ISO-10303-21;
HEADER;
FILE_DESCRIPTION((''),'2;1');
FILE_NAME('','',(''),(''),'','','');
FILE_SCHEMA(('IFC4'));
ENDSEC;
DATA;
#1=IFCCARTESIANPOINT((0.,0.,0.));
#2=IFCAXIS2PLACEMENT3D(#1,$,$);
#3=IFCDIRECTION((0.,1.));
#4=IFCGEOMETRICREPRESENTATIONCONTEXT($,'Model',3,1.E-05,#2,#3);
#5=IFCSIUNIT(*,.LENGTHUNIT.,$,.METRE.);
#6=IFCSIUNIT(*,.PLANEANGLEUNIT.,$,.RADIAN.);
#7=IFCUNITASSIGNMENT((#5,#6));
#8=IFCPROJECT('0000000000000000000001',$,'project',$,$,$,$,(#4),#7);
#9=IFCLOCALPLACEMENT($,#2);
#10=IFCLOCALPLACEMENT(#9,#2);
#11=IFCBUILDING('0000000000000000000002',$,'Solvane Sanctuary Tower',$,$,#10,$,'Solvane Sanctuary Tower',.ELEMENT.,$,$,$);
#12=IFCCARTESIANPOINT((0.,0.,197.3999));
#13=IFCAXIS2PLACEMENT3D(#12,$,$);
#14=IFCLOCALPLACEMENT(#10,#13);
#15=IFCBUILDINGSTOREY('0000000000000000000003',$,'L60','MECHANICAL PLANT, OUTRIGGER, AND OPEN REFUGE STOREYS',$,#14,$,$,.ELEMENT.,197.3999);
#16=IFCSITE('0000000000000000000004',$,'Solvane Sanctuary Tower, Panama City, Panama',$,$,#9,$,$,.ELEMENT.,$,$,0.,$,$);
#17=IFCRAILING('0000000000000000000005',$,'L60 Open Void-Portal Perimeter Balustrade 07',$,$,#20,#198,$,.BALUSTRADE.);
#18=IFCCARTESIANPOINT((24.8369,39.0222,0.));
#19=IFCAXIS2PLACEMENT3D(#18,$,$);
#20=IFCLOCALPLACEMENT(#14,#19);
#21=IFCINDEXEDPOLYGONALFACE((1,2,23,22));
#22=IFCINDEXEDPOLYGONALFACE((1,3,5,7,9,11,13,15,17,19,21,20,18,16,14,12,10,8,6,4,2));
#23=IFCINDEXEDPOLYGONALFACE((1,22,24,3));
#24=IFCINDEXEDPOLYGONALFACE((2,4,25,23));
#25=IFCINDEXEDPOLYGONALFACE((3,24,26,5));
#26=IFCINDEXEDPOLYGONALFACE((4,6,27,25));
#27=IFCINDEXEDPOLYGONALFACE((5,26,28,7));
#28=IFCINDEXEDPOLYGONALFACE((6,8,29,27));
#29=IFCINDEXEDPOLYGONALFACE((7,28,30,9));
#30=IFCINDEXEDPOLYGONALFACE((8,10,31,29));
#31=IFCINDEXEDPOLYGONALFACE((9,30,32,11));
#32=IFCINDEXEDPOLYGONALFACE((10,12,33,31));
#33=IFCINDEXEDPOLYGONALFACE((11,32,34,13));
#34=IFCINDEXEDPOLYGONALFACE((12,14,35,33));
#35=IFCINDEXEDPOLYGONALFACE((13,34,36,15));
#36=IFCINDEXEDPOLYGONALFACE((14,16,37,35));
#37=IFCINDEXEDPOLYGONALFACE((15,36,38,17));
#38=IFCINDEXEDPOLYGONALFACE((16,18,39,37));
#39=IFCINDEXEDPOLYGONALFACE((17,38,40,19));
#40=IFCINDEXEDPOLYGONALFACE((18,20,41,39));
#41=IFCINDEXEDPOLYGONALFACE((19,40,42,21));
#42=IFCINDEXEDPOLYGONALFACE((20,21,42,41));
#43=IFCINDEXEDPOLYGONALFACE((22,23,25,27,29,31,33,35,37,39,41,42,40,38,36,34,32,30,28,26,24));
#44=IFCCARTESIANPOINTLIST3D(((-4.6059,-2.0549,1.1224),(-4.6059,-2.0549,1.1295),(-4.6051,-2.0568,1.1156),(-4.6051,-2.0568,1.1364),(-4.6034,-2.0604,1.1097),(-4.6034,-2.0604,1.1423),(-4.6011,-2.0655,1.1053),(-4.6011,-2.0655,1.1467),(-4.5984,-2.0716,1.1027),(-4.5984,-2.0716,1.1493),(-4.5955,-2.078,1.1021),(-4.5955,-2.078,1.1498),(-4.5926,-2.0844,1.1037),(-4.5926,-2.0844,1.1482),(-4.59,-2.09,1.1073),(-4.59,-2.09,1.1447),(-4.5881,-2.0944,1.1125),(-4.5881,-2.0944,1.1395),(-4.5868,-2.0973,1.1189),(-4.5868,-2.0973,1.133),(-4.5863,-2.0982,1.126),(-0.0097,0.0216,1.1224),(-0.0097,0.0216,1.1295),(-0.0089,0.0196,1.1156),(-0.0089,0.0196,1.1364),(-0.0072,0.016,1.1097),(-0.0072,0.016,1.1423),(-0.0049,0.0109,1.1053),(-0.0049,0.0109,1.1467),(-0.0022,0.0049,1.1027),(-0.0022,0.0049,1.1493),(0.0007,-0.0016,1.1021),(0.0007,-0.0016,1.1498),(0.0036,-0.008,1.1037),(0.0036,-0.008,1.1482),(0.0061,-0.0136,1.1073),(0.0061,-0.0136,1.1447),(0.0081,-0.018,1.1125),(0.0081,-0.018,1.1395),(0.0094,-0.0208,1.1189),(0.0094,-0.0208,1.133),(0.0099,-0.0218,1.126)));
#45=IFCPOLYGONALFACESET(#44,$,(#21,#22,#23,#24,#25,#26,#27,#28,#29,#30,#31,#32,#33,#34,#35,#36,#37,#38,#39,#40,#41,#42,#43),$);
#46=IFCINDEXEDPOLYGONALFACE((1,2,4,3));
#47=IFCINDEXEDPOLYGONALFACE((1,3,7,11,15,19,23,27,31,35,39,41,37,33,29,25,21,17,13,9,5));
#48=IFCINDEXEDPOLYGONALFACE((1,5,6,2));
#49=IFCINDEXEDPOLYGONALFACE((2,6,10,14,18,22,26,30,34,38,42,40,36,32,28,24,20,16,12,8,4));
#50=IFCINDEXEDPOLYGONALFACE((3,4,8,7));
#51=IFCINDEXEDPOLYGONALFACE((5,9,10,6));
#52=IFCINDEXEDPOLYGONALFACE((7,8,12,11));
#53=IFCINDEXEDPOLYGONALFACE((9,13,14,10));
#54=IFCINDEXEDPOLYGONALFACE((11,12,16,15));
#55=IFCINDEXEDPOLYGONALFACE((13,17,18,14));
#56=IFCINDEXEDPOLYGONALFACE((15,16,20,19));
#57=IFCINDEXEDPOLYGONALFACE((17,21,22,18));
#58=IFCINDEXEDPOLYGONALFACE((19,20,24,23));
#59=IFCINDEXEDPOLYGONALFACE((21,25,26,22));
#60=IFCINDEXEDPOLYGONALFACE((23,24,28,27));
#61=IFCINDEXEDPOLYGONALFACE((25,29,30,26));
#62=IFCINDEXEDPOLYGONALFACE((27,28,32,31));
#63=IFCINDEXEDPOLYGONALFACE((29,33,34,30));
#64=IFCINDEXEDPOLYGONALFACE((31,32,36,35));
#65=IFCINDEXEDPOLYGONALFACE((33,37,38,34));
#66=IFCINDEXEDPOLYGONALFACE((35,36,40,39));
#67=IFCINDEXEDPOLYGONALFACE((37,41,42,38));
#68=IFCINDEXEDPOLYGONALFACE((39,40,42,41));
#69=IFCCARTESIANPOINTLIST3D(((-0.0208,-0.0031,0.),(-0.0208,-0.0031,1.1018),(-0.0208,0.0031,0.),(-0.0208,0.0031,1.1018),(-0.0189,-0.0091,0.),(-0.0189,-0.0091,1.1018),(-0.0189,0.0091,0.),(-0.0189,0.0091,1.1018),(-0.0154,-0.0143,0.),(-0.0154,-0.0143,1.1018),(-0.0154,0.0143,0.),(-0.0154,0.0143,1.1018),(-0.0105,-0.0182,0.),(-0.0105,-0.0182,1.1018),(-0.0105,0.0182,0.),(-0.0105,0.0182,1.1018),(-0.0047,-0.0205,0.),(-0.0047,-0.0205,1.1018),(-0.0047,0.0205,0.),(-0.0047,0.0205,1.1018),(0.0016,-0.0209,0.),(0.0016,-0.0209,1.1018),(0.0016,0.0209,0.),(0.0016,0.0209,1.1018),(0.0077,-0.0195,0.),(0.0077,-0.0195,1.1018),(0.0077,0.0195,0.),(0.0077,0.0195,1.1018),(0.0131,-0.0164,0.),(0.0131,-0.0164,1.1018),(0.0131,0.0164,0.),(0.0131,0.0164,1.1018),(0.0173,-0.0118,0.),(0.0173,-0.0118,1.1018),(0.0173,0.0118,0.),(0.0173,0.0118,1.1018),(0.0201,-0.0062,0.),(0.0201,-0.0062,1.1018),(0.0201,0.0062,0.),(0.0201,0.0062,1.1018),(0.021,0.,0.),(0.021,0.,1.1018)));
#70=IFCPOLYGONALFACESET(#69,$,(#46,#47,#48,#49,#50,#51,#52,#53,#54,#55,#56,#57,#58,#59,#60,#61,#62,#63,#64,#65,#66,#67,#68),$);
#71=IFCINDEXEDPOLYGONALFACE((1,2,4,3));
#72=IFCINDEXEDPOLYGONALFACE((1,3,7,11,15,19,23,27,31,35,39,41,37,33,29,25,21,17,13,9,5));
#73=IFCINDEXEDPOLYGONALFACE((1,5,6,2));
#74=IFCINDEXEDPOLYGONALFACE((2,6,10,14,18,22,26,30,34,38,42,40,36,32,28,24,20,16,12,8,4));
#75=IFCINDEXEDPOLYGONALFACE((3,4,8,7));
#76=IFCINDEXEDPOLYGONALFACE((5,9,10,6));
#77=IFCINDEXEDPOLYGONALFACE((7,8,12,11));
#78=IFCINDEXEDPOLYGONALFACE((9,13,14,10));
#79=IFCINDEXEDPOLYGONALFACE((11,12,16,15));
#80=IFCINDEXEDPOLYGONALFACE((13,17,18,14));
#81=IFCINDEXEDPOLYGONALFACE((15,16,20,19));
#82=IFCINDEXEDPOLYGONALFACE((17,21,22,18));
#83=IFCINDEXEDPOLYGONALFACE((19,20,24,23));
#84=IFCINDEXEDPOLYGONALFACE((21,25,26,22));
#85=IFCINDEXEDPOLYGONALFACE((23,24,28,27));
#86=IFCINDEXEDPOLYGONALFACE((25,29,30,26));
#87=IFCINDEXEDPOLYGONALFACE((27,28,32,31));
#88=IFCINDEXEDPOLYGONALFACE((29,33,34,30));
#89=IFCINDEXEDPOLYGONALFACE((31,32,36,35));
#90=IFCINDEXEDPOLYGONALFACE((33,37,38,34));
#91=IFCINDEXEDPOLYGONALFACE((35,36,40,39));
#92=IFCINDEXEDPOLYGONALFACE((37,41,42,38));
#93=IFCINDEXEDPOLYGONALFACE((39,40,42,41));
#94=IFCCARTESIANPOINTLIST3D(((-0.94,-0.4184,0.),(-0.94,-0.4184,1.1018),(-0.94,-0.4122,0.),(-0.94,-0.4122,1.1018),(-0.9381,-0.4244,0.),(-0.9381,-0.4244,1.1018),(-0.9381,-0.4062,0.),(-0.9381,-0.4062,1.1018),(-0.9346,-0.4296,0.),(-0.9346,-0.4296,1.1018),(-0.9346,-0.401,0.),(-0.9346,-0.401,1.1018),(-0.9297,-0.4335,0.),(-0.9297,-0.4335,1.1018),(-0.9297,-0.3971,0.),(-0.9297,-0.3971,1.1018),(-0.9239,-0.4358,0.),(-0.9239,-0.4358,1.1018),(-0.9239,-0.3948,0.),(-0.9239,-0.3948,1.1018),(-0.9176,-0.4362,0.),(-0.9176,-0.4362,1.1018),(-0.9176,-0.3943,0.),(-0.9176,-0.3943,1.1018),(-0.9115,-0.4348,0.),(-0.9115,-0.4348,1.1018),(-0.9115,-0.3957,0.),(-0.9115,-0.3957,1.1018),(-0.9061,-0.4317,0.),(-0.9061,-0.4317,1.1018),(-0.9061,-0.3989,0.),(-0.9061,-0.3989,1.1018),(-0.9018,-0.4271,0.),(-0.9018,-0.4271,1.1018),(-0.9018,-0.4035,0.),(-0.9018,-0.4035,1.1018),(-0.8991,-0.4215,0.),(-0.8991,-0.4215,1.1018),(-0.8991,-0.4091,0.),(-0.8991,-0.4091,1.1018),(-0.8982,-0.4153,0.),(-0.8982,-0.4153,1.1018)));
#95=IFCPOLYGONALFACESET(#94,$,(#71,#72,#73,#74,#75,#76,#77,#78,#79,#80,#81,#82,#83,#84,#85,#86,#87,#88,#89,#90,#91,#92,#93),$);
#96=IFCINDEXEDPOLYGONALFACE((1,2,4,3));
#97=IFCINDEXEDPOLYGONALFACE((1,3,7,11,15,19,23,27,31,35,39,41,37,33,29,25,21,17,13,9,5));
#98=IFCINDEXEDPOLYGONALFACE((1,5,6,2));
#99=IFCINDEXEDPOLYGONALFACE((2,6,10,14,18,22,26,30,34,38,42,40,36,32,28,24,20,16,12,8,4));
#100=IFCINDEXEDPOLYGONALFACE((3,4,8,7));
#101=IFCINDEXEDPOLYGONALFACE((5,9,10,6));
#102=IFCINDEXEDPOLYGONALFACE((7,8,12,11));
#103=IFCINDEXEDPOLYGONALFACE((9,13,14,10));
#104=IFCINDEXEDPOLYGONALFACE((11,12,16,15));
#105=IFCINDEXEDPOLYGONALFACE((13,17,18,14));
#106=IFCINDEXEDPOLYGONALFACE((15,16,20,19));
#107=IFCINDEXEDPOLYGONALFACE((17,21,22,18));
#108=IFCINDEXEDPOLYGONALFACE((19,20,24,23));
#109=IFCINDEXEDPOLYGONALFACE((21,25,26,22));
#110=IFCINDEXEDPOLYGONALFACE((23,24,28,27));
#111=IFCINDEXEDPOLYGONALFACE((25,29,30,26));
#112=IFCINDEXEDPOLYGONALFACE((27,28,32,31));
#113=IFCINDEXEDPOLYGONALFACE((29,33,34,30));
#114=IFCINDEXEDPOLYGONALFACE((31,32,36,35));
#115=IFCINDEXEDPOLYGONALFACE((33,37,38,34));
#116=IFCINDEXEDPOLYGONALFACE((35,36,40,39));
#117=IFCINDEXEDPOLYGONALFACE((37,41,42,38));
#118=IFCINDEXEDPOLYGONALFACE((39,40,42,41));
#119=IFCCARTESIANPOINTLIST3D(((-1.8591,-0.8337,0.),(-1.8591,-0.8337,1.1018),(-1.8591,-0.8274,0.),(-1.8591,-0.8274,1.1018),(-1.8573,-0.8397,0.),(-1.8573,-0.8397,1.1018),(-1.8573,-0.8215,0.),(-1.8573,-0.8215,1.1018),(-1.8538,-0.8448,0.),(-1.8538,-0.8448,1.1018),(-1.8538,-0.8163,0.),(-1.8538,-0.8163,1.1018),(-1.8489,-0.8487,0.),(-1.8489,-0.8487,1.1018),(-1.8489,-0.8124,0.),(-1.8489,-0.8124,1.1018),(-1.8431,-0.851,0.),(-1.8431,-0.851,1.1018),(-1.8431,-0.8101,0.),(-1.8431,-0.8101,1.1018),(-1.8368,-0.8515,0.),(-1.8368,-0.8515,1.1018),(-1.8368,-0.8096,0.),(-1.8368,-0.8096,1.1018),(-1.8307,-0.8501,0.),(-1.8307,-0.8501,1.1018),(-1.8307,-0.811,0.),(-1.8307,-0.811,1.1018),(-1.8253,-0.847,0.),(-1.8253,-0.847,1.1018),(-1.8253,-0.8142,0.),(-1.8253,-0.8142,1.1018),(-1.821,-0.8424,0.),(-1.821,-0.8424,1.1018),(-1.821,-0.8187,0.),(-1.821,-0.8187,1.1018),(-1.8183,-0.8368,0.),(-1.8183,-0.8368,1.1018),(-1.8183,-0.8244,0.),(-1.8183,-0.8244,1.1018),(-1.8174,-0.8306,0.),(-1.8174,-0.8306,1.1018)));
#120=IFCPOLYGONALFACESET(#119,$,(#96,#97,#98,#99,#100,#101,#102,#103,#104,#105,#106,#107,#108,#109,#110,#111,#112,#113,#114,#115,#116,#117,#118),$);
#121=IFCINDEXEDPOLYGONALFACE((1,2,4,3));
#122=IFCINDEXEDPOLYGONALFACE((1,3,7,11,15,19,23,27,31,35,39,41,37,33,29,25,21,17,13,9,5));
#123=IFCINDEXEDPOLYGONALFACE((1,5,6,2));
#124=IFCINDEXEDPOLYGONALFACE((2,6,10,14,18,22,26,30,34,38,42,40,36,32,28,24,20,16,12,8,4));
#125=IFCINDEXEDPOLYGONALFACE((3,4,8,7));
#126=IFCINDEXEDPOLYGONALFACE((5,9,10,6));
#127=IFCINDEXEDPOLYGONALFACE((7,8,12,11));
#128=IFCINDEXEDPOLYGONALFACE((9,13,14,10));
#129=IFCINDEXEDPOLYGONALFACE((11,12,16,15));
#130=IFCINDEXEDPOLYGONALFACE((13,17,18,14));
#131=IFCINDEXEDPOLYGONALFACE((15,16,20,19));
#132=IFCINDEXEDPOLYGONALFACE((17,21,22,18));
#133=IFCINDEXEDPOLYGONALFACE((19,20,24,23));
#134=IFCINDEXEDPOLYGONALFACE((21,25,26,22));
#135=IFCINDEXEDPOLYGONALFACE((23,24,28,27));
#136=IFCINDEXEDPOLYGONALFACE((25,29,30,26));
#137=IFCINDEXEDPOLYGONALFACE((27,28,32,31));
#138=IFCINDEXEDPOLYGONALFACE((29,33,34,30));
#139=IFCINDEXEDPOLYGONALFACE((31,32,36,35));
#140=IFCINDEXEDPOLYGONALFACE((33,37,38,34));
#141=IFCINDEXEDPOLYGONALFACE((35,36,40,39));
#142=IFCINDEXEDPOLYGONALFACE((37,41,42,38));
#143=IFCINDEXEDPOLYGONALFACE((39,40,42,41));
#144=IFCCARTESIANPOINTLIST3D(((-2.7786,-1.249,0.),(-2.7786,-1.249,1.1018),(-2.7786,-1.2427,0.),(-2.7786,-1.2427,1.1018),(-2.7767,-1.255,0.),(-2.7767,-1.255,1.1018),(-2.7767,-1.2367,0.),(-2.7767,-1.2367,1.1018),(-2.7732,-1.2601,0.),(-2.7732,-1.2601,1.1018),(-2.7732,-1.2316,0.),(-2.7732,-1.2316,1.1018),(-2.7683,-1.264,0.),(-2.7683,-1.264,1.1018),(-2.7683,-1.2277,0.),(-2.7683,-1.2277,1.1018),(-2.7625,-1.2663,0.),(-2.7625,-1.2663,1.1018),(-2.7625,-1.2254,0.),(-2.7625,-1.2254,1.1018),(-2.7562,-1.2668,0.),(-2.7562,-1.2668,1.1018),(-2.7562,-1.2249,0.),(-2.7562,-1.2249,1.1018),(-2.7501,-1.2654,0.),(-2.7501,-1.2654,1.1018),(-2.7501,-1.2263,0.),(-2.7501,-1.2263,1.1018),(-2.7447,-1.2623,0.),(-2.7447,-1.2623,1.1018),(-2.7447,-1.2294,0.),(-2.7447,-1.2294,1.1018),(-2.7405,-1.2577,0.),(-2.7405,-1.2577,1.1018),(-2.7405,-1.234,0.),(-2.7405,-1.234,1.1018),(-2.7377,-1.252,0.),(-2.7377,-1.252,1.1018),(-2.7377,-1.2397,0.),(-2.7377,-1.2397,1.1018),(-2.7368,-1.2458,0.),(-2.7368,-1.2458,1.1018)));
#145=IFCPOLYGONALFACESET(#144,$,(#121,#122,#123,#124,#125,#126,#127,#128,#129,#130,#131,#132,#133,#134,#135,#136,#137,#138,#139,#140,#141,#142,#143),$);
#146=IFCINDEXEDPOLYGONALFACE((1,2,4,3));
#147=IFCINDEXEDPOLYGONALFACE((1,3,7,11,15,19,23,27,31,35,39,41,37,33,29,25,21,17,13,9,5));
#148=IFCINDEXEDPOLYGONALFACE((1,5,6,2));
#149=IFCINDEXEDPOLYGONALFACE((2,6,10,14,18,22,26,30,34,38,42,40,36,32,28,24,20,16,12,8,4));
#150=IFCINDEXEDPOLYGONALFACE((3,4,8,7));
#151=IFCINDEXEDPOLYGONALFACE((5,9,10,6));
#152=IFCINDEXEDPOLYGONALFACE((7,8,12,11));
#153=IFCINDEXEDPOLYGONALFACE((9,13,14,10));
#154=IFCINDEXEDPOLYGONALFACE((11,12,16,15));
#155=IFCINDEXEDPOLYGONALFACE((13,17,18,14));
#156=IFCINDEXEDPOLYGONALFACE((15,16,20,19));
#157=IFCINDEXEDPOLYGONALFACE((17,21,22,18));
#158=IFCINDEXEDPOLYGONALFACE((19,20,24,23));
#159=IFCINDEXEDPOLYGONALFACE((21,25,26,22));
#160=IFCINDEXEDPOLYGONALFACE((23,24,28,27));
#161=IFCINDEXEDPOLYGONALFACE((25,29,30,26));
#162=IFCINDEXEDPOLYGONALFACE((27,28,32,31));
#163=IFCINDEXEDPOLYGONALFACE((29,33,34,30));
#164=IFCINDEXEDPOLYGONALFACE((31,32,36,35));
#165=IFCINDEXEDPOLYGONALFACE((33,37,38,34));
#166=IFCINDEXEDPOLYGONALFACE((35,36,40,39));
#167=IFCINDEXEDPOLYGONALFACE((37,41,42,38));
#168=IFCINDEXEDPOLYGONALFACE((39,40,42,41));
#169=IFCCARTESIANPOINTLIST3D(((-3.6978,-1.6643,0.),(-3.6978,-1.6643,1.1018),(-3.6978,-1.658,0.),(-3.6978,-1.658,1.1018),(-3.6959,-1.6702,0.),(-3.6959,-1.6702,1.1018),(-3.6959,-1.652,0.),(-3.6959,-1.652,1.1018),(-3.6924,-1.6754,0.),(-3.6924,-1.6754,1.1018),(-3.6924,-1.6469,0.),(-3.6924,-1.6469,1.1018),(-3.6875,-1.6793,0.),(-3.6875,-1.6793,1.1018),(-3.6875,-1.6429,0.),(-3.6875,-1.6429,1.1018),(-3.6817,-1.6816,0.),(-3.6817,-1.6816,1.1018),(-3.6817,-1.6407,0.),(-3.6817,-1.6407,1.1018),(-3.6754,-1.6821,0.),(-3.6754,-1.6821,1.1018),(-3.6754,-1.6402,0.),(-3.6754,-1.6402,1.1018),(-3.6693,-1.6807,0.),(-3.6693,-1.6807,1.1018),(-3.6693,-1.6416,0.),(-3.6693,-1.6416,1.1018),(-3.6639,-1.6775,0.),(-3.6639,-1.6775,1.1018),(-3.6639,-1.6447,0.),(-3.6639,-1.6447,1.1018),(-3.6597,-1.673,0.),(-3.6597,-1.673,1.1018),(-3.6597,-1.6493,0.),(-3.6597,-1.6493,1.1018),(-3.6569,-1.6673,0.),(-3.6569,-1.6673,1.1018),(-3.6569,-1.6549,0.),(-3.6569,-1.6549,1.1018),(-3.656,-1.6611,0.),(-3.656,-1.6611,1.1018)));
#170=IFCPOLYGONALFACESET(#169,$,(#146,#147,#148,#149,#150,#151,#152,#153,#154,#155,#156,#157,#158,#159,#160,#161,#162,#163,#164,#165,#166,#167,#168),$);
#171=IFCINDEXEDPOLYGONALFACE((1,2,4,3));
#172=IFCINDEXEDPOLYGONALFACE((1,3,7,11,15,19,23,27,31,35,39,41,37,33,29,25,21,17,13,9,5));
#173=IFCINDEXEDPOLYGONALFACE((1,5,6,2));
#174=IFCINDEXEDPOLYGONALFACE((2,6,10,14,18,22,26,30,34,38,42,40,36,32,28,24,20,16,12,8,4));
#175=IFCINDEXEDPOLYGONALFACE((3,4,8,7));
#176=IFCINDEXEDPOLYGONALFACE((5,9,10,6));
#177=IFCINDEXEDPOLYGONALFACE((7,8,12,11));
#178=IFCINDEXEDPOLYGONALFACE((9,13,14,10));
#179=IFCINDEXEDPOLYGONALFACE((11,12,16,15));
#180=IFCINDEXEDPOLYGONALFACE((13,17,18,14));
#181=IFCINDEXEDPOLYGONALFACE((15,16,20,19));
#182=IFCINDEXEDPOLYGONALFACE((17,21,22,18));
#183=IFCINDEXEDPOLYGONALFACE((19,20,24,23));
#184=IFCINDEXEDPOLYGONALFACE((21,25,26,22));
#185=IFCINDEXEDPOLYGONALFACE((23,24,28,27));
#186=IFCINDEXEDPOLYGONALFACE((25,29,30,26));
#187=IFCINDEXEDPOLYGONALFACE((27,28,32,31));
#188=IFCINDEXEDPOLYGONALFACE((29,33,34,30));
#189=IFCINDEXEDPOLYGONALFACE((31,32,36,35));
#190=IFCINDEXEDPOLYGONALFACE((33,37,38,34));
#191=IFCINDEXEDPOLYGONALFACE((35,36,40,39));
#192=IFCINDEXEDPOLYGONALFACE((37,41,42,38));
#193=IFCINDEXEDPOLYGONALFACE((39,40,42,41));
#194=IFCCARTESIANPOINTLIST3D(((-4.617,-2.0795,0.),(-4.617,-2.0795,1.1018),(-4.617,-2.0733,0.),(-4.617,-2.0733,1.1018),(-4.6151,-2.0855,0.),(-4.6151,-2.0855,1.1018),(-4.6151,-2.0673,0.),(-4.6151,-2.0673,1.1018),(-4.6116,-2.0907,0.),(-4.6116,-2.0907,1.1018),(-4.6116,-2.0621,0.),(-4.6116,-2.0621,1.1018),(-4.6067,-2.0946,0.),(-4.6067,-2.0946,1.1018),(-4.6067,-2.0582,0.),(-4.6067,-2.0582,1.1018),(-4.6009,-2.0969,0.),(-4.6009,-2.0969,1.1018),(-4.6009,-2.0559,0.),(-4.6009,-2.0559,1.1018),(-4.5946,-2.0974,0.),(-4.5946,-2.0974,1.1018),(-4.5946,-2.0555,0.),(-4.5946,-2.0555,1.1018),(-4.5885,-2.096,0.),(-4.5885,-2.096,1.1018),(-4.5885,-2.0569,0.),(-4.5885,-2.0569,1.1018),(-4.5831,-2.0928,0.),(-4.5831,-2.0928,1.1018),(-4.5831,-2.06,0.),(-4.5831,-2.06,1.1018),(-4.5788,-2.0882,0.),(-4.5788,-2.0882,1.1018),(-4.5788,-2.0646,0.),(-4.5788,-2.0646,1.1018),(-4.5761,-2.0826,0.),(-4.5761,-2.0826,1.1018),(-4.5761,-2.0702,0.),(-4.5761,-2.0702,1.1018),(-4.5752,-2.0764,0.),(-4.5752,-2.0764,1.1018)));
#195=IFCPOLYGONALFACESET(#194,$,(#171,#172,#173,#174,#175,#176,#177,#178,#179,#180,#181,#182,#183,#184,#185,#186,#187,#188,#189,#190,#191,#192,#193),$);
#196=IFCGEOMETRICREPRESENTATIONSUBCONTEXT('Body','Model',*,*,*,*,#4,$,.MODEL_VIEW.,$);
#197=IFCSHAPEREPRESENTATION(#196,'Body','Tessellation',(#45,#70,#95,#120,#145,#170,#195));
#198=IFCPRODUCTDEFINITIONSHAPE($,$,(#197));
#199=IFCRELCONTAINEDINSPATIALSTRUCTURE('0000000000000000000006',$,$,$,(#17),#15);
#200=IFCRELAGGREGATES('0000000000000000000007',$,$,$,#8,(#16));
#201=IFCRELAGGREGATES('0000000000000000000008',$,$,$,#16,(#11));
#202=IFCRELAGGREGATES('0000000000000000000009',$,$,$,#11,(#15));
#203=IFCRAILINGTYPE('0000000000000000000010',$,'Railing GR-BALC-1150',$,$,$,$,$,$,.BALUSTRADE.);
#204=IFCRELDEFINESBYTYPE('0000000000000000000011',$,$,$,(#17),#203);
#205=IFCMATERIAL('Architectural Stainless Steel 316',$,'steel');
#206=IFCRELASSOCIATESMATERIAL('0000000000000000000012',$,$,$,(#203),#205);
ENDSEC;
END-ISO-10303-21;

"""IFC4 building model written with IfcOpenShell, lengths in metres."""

from ifc_helpers import new_model, si_unit, direction, frame, origin, origin_2d, place, context, subcontext, project, spatial, circle, extrude, material, type_object, element, save


model = new_model("IFC4")

# Units and contexts
model_context = context("Model", 3, precision=1e-05, world=origin(), true_north=direction((0.0, 1.0)))
body_context = subcontext(model_context, "Body", "Model", "MODEL_VIEW")
ifc_project = project(units=[si_unit("LENGTHUNIT", "METRE"), si_unit("PLANEANGLEUNIT", "RADIAN")], contexts=[model_context])

# Site, building, storey
site_placement = place(None, origin())
site = spatial("IfcSite", under=ifc_project, at=site_placement, Name="Solvane Sanctuary Tower, Panama City, Panama", CompositionType="ELEMENT", RefElevation=0.0)
building_placement = place(site_placement, origin())
building = spatial("IfcBuilding", under=site, at=building_placement, Name="Solvane Sanctuary Tower", LongName="Solvane Sanctuary Tower", CompositionType="ELEMENT")
storey_placement = place(building_placement, frame((0.0, 0.0, 197.3999)))
storey = spatial("IfcBuildingStorey", under=building, at=storey_placement, Name="L60", Description="MECHANICAL PLANT, OUTRIGGER, AND OPEN REFUGE STOREYS", CompositionType="ELEMENT", Elevation=197.3999)

# Shared definitions
ifc_material_1 = material(Name="Architectural Stainless Steel 316", Category="steel")

# Railing
railing_type_1 = type_object("IfcRailingType", Name="Railing GR-BALC-1150", PredefinedType="BALUSTRADE", material=ifc_material_1)
railing_1_placement = place(storey_placement, frame((24.8369, 39.0222, 0.0)))
element("IfcRailing", 1, at=railing_1_placement, inside=storey, type_object=railing_type_1, Name="L60 Open Void-Portal Perimeter Balustrade 07", PredefinedType="BALUSTRADE", context=body_context, shape_type="SweptSolid", body=[
    extrude(circle(Radius=0.0239, at=origin_2d()), frame((0.0, 0.0, 1.126), z_axis=(-0.911317, -0.411705, 0.0), x_axis=(0.411705, -0.911317, 0.0)), (0.0, 0.0, 1.0), 5.0435),
    extrude(circle(Radius=0.021, at=origin_2d()), origin(), (0.0, 0.0, 1.0), 1.1018),
    extrude(circle(Radius=0.021, at=origin_2d()), frame((-0.9192, -0.4153, 0.0)), (0.0, 0.0, 1.0), 1.1018),
    extrude(circle(Radius=0.021, at=origin_2d()), frame((-1.8384, -0.8306, 0.0)), (0.0, 0.0, 1.0), 1.1018),
    extrude(circle(Radius=0.021, at=origin_2d()), frame((-2.7578, -1.2458, 0.0)), (0.0, 0.0, 1.0), 1.1018),
    extrude(circle(Radius=0.021, at=origin_2d()), frame((-3.677, -1.6611, 0.0)), (0.0, 0.0, 1.0), 1.1018),
    extrude(circle(Radius=0.021, at=origin_2d()), frame((-4.5962, -2.0764, 0.0)), (0.0, 0.0, 1.0), 1.1018),
])

save(model, "model.ifc")
